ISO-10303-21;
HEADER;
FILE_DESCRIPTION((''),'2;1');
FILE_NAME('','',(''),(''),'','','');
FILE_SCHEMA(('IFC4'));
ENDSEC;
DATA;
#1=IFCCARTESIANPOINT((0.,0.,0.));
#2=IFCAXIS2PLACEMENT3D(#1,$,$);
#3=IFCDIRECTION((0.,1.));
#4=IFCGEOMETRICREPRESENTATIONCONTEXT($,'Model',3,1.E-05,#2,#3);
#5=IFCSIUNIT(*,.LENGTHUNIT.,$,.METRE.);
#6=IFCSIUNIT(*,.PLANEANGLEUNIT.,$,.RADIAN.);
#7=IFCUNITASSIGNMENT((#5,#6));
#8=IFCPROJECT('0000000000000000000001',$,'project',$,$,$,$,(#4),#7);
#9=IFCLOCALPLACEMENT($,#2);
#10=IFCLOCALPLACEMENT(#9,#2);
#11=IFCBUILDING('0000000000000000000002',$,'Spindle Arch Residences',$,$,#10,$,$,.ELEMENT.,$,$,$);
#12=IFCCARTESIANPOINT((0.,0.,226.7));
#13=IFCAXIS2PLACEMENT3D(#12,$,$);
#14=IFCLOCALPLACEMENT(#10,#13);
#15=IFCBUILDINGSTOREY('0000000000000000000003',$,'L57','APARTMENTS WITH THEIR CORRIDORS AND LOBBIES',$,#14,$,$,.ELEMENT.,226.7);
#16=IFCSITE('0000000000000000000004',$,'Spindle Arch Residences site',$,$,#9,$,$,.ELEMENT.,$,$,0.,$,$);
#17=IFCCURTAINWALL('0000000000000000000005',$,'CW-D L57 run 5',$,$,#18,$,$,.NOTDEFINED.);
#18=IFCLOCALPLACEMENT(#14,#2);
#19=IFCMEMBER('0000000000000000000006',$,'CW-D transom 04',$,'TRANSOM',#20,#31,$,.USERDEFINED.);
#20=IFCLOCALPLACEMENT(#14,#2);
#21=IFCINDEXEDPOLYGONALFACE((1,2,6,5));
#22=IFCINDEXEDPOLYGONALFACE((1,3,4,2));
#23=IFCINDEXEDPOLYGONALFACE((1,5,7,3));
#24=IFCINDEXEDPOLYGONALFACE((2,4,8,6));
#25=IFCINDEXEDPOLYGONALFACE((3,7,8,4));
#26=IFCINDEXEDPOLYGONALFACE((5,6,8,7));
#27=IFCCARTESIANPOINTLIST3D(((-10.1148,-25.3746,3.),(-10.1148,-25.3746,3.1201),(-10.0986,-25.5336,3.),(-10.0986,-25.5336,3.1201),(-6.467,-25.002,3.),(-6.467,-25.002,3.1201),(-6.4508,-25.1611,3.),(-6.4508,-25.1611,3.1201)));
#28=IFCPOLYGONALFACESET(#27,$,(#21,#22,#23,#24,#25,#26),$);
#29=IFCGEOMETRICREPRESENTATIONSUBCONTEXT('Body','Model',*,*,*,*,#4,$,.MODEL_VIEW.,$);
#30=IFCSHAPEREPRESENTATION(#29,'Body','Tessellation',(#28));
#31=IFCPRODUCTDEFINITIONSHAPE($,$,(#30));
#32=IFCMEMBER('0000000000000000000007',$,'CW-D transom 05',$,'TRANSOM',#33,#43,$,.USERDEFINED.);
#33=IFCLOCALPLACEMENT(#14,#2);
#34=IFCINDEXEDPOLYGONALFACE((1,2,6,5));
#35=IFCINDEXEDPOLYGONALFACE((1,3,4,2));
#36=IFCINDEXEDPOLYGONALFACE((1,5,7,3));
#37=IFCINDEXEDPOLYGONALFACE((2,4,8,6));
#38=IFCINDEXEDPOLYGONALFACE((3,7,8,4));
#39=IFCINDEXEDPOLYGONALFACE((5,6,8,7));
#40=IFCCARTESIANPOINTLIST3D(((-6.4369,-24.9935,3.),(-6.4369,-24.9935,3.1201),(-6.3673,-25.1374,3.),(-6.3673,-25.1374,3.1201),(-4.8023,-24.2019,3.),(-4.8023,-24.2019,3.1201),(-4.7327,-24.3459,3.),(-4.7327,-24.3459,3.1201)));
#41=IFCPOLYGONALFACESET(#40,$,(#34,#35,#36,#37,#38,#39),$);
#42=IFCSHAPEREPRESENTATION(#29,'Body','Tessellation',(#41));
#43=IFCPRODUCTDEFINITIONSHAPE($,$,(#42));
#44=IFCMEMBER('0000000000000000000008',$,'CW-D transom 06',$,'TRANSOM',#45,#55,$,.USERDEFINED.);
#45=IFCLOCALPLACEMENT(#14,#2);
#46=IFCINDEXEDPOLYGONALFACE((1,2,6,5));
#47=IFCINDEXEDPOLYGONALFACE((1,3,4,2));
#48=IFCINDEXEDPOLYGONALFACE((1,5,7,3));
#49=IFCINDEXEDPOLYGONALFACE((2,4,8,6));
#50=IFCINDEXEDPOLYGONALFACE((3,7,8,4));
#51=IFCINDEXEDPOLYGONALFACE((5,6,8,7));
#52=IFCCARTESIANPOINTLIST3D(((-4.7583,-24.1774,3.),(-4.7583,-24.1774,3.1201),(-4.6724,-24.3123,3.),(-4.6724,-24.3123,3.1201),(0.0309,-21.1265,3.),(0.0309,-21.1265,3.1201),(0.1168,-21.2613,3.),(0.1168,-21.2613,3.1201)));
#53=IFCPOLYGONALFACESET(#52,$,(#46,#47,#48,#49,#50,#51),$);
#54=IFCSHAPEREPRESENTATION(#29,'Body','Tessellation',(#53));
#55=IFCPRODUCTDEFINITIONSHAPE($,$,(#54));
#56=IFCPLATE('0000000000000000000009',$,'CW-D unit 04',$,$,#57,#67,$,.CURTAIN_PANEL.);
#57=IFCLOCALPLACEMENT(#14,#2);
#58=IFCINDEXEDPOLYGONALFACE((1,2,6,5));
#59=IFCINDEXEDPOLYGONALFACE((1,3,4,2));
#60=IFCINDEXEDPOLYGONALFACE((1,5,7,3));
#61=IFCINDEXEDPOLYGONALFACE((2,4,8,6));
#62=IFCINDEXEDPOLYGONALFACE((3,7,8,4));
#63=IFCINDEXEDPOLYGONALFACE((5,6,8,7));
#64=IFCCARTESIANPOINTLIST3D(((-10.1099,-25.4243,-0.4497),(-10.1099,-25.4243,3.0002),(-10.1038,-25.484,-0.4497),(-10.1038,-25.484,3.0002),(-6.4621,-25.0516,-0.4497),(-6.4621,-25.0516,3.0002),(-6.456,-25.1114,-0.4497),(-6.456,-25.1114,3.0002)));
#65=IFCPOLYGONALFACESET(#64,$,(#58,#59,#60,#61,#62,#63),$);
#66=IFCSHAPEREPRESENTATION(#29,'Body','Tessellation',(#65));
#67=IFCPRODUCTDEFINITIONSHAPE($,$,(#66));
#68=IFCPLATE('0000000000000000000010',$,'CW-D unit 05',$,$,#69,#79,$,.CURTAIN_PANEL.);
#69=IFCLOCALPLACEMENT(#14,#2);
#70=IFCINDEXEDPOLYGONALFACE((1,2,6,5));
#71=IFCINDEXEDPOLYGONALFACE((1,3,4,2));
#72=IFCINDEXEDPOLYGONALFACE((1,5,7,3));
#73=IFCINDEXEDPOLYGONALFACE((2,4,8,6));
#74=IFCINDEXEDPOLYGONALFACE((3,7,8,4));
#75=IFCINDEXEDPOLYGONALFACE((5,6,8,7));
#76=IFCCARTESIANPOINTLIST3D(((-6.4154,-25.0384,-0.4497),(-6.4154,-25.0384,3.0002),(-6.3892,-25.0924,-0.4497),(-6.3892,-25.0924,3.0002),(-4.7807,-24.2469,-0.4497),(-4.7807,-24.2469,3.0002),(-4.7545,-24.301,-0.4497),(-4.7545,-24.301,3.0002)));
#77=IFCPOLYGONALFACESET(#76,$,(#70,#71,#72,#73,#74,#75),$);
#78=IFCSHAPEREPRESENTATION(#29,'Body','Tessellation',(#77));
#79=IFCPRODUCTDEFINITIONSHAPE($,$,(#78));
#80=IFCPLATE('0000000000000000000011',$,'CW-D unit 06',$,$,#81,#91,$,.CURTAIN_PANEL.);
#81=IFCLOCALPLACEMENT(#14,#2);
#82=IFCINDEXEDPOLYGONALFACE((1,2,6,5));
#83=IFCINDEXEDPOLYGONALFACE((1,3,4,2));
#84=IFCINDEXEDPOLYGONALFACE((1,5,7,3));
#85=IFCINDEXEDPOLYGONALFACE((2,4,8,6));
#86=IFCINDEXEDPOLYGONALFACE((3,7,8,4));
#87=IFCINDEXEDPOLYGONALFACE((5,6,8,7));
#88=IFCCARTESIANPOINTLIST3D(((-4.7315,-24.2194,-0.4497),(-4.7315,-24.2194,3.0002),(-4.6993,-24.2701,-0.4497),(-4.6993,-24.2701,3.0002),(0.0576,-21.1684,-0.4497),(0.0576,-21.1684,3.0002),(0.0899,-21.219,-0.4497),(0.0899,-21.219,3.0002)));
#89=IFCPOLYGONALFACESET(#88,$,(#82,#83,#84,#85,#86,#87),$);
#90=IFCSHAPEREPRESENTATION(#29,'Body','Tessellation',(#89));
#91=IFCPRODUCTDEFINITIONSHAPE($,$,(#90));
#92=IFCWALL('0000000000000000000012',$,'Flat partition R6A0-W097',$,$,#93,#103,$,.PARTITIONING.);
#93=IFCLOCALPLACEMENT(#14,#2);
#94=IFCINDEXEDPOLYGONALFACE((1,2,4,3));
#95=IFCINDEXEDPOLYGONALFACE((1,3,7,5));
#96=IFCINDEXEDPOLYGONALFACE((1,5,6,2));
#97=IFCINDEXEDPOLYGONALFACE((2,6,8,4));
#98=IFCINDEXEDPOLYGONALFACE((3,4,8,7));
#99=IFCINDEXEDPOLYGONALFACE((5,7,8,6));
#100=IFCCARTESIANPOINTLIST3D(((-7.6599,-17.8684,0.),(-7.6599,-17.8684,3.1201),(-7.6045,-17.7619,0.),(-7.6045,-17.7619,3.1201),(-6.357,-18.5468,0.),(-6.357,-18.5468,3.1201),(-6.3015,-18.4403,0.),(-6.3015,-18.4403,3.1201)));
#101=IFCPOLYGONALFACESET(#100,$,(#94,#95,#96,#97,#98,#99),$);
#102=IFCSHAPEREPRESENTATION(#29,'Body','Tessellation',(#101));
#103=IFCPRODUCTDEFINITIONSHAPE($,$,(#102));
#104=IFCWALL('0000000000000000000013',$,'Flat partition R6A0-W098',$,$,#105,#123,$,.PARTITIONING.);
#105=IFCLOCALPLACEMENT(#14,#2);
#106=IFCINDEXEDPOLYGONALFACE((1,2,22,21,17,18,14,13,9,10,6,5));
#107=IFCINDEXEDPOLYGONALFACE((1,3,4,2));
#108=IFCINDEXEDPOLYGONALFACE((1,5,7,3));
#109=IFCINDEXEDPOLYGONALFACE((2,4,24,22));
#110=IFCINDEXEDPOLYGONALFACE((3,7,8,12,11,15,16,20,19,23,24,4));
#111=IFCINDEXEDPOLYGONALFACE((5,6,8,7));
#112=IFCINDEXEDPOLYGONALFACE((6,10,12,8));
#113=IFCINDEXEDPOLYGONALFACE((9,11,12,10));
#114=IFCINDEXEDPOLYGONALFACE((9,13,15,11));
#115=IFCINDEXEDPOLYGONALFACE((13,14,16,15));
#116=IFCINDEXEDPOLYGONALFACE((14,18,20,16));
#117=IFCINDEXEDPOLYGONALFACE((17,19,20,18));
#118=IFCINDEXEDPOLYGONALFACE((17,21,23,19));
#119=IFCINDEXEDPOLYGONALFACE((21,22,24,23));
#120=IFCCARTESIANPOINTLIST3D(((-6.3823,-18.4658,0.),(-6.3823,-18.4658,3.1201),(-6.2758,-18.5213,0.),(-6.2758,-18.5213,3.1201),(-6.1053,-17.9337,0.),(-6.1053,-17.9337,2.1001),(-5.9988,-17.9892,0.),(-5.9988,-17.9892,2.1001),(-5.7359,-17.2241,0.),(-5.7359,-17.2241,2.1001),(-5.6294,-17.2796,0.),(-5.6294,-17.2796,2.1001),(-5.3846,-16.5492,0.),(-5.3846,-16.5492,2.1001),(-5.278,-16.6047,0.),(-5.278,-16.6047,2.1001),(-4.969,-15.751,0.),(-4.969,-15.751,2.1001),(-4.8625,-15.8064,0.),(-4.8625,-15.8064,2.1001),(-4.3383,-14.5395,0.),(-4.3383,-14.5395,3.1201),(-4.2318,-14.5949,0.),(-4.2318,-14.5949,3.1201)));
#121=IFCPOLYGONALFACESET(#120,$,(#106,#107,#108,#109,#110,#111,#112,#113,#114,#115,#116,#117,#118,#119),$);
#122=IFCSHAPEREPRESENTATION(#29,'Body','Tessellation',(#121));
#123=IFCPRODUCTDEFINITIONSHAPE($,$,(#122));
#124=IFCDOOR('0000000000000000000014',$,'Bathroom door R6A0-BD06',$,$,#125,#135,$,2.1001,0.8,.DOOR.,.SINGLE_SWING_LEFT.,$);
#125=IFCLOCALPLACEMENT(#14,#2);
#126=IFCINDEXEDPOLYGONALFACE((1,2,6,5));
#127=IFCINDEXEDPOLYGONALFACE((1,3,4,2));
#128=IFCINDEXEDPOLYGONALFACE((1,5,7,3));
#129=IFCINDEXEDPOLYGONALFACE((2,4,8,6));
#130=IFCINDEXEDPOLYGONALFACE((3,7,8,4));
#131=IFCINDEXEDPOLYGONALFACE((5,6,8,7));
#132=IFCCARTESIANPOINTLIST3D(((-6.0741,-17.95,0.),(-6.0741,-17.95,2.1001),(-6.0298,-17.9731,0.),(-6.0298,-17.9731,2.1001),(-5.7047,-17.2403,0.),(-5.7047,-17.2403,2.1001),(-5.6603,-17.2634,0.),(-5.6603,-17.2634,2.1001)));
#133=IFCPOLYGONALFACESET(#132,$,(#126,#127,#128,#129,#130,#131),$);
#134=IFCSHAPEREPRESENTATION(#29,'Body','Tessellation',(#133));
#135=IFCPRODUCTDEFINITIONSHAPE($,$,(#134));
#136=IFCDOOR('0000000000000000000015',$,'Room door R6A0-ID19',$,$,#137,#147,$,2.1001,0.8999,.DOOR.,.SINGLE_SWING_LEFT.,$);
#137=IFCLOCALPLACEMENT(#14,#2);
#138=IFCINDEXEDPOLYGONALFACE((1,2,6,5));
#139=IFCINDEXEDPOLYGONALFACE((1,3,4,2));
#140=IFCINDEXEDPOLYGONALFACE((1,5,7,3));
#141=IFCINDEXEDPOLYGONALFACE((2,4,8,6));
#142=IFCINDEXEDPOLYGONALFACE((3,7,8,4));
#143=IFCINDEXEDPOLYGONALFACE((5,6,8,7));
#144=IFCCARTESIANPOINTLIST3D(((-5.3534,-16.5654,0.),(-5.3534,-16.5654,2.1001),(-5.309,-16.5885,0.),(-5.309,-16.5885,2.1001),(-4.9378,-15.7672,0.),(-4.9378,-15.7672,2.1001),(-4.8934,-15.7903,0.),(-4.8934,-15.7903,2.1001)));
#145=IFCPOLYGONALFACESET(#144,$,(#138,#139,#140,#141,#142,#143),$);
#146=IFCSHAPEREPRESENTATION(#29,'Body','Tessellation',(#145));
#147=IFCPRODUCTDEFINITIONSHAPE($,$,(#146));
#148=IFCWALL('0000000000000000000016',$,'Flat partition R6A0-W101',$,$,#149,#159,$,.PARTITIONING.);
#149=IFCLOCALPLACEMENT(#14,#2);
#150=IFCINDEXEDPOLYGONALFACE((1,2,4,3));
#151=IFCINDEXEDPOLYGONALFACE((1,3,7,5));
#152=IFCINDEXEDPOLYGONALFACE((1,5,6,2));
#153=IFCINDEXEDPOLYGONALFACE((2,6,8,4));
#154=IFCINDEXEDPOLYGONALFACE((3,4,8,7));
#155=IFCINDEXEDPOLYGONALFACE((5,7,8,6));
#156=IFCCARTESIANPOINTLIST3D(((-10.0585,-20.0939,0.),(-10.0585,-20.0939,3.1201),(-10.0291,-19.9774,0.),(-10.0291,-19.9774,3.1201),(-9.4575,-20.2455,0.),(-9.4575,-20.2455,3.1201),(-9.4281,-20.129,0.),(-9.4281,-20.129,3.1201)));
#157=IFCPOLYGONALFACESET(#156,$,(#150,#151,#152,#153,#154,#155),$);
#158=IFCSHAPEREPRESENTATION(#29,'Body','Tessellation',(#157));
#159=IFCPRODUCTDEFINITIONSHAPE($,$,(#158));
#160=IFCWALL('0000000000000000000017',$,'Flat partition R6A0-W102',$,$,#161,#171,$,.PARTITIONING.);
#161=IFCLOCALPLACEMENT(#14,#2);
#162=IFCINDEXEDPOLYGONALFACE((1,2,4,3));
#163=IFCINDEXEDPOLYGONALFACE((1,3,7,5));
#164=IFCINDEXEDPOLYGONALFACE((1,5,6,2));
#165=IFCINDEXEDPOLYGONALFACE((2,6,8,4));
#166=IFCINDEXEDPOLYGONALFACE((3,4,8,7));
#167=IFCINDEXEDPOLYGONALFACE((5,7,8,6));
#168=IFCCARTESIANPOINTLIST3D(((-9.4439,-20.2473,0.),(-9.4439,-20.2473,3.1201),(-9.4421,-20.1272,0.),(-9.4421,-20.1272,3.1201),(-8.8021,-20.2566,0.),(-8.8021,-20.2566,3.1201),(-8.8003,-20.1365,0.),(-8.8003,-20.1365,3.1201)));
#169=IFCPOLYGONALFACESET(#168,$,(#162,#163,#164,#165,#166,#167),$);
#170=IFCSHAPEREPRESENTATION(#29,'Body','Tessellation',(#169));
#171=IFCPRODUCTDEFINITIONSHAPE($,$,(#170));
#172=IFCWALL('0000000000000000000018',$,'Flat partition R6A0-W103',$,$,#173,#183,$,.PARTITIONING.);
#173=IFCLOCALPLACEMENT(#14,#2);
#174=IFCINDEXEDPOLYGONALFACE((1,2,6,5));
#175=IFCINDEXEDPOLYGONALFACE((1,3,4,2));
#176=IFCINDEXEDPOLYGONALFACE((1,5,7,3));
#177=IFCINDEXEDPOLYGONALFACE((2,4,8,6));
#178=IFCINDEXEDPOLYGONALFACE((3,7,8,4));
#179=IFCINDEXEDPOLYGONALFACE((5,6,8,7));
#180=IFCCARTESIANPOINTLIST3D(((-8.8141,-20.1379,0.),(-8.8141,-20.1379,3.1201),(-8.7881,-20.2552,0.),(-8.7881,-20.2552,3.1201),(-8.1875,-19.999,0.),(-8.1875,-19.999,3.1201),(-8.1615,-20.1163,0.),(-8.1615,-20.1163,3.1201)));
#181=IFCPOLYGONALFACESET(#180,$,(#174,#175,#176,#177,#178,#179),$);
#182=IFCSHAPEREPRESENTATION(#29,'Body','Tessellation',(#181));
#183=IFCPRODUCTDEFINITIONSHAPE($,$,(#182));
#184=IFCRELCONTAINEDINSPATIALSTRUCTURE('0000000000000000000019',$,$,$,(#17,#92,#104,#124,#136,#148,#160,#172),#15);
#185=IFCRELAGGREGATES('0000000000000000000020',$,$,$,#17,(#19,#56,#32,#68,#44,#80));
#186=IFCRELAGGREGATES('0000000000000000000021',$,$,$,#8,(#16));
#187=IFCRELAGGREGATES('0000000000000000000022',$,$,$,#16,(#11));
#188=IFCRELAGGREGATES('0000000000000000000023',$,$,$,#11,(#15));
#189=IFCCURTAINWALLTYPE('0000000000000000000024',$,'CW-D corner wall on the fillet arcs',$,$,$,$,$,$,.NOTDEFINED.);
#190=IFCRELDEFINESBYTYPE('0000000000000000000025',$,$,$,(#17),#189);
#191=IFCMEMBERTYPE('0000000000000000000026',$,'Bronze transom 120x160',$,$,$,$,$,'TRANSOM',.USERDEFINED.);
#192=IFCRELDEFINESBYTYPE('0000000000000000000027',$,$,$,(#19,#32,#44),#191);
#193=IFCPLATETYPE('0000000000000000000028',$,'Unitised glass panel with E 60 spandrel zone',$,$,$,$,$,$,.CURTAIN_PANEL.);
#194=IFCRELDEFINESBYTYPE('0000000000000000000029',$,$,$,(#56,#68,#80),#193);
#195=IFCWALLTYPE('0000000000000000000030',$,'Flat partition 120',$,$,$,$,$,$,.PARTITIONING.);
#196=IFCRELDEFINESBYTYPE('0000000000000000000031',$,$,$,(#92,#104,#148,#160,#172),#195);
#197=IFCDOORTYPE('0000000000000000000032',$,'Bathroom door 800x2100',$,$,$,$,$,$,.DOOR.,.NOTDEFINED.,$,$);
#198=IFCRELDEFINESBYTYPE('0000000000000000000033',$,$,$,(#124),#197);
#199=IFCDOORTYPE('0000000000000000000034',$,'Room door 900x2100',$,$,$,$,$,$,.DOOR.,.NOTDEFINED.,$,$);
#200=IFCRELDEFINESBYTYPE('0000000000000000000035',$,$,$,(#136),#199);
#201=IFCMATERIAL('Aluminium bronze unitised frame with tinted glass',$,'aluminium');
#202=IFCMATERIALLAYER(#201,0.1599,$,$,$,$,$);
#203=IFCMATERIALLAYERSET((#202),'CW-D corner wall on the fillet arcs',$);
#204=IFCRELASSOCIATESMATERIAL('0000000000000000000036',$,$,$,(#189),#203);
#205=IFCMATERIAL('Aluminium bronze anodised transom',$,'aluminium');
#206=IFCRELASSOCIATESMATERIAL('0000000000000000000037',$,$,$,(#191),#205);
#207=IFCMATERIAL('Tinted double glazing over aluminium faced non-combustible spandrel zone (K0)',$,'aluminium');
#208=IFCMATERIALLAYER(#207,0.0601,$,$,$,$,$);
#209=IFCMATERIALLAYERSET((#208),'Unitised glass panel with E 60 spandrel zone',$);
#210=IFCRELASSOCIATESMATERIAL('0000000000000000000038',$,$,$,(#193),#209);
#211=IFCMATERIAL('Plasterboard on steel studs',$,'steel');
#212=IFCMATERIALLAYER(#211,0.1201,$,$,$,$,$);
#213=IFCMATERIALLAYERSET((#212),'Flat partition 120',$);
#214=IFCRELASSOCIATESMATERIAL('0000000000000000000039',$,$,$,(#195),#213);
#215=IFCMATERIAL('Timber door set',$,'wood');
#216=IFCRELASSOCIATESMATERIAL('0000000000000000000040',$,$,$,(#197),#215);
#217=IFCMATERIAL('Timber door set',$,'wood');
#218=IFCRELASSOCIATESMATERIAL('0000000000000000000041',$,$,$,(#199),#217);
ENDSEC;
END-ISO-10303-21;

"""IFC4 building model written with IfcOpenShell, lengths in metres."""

from ifc_helpers import new_model, si_unit, direction, frame, frame_2d, origin, origin_2d, place, context, subcontext, project, spatial, rectangle, extrude, material, layer, layer_set, material_profile, profile_set, type_object, element, fill, aggregate, save


model = new_model("IFC4")

# Units and contexts
model_context = context("Model", 3, precision=1e-05, world=origin(), true_north=direction((0.0, 1.0)))
body_context = subcontext(model_context, "Body", "Model", "MODEL_VIEW")
ifc_project = project(units=[si_unit("LENGTHUNIT", "METRE"), si_unit("PLANEANGLEUNIT", "RADIAN")], contexts=[model_context])

# Site, building, storey
site_placement = place(None, origin())
site = spatial("IfcSite", under=ifc_project, at=site_placement, Name="Spindle Arch Residences site", CompositionType="ELEMENT", RefElevation=0.0)
building_placement = place(site_placement, origin())
building = spatial("IfcBuilding", under=site, at=building_placement, Name="Spindle Arch Residences", CompositionType="ELEMENT")
storey_placement = place(building_placement, frame((0.0, 0.0, 226.7)))
storey = spatial("IfcBuildingStorey", under=building, at=storey_placement, Name="L57", Description="APARTMENTS WITH THEIR CORRIDORS AND LOBBIES", CompositionType="ELEMENT", Elevation=226.7)

# Curtain wall, members, plates
ifc_material_1 = material(Name="Aluminium bronze unitised frame with tinted glass", Category="aluminium")
ifc_layer_1 = layer(ifc_material_1, 0.1599)
ifc_layer_set_1 = layer_set([ifc_layer_1], Name="CW-D corner wall on the fillet arcs")
curtain_wall_type = type_object("IfcCurtainWallType", Name="CW-D corner wall on the fillet arcs", PredefinedType="NOTDEFINED", material=ifc_layer_set_1)
curtain_wall_placement = place(storey_placement, origin())
curtain_wall = element("IfcCurtainWall", 1, at=curtain_wall_placement, inside=storey, type_object=curtain_wall_type, Name="CW-D L57 run 5", PredefinedType="NOTDEFINED")
ifc_material_2 = material(Name="Aluminium bronze anodised transom", Category="aluminium")
ifc_material_profile_1 = material_profile(ifc_material_2, rectangle(XDim=0.1599, YDim=0.1201, at=origin_2d()), Name="TR 120x160")
ifc_profile_set_1 = profile_set([ifc_material_profile_1], Name="Aluminium bronze anodised transom")
member_type_1 = type_object("IfcMemberType", Name="Bronze transom 120x160", ElementType="TRANSOM", PredefinedType="USERDEFINED", material=ifc_profile_set_1)
member_1_placement = place(storey_placement, frame((-10.1067, -25.4541, 3.0601), z_axis=(0.994825, 0.101606, 0.0), x_axis=(-0.101606, 0.994825, 0.0)))
member_1 = element("IfcMember", 2, at=member_1_placement, type_object=member_type_1, Name="CW-D transom 04", ObjectType="TRANSOM", PredefinedType="USERDEFINED", context=body_context, shape_type="SweptSolid", body=[
    extrude(rectangle(XDim=0.1599, YDim=0.1201, at=origin_2d()), origin(), (0.0, 0.0, 1.0), 3.6667),
])
member_2_placement = place(storey_placement, frame((-6.4021, -25.0654, 3.0601), z_axis=(0.900028, 0.435831, 0.0), x_axis=(-0.435831, 0.900028, 0.0)))
member_2 = element("IfcMember", 3, at=member_2_placement, type_object=member_type_1, Name="CW-D transom 05", ObjectType="TRANSOM", PredefinedType="USERDEFINED", context=body_context, shape_type="SweptSolid", body=[
    extrude(rectangle(XDim=0.1599, YDim=0.1201, at=origin_2d()), origin(), (0.0, 0.0, 1.0), 1.8162),
])
member_3_placement = place(storey_placement, frame((-4.7153, -24.2449, 3.0601), z_axis=(0.843399, 0.537287, 0.0), x_axis=(-0.537287, 0.843399, 0.0)))
member_3 = element("IfcMember", 4, at=member_3_placement, type_object=member_type_1, Name="CW-D transom 06", ObjectType="TRANSOM", PredefinedType="USERDEFINED", context=body_context, shape_type="SweptSolid", body=[
    extrude(rectangle(XDim=0.1599, YDim=0.1201, at=origin_2d()), origin(), (0.0, 0.0, 1.0), 5.6785),
])
ifc_material_3 = material(Name="Tinted double glazing over aluminium faced non-combustible spandrel zone (K0)", Category="aluminium")
ifc_layer_2 = layer(ifc_material_3, 0.0601)
ifc_layer_set_2 = layer_set([ifc_layer_2], Name="Unitised glass panel with E 60 spandrel zone")
plate_type = type_object("IfcPlateType", Name="Unitised glass panel with E 60 spandrel zone", PredefinedType="CURTAIN_PANEL", material=ifc_layer_set_2)
plate_1_placement = place(storey_placement, frame((-8.283, -25.2678, -0.4497), z_axis=(0.0, 0.0, 1.0), x_axis=(0.994822, 0.101635, 0.0)))
plate_1 = element("IfcPlate", 5, at=plate_1_placement, type_object=plate_type, Name="CW-D unit 04", PredefinedType="CURTAIN_PANEL", context=body_context, shape_type="SweptSolid", body=[
    extrude(rectangle(XDim=3.6667, YDim=0.0601, at=origin_2d()), origin(), (0.0, 0.0, 1.0), 3.45),
])
plate_2_placement = place(storey_placement, frame((-5.585, -24.6697, -0.4497), z_axis=(0.0, 0.0, 1.0), x_axis=(0.900065, 0.435755, 0.0)))
plate_2 = element("IfcPlate", 6, at=plate_2_placement, type_object=plate_type, Name="CW-D unit 05", PredefinedType="CURTAIN_PANEL", context=body_context, shape_type="SweptSolid", body=[
    extrude(rectangle(XDim=1.8162, YDim=0.0601, at=origin_2d()), origin(), (0.0, 0.0, 1.0), 3.45),
])
plate_3_placement = place(storey_placement, frame((-2.3208, -22.7192, -0.4497), z_axis=(0.0, 0.0, 1.0), x_axis=(0.843391, 0.5373, 0.0)))
plate_3 = element("IfcPlate", 7, at=plate_3_placement, type_object=plate_type, Name="CW-D unit 06", PredefinedType="CURTAIN_PANEL", context=body_context, shape_type="SweptSolid", body=[
    extrude(rectangle(XDim=5.6785, YDim=0.0601, at=origin_2d()), origin(), (0.0, 0.0, 1.0), 3.45),
])
aggregate(curtain_wall, [member_1, plate_1, member_2, plate_2, member_3, plate_3])

# Wall
ifc_material_4 = material(Name="Plasterboard on steel studs", Category="steel")
ifc_layer_3 = layer(ifc_material_4, 0.1201)
ifc_layer_set_3 = layer_set([ifc_layer_3], Name="Flat partition 120")
wall_type_1 = type_object("IfcWallType", Name="Flat partition 120", PredefinedType="PARTITIONING", material=ifc_layer_set_3)
wall_1_placement = place(storey_placement, frame((-7.6321, -17.8152, 0.0), z_axis=(0.0, 0.0, 1.0), x_axis=(0.886961, -0.461845, 0.0)))
element("IfcWall", 8, at=wall_1_placement, inside=storey, type_object=wall_type_1, Name="Flat partition R6A0-W097", PredefinedType="PARTITIONING", context=body_context, shape_type="SweptSolid", body=[
    extrude(rectangle(XDim=1.469, YDim=0.1201, at=frame_2d((0.7344, 0.0))), origin(), (0.0, 0.0, 1.0), 3.1201),
])

# Wall, openings, doors
wall_2_placement = place(storey_placement, frame((-6.3291, -18.4937, 0.0), z_axis=(0.0, 0.0, 1.0), x_axis=(0.461759, 0.887005, 0.0)))
wall_2 = element("IfcWall", 9, at=wall_2_placement, inside=storey, type_object=wall_type_1, Name="Flat partition R6A0-W098", PredefinedType="PARTITIONING", context=body_context, shape_type="SweptSolid", body=[
    extrude(rectangle(XDim=4.4265, YDim=0.1201, at=frame_2d((2.2134, 0.0))), origin(), (0.0, 0.0, 1.0), 3.1201),
])
opening_1_placement = place(wall_2_placement, frame((0.6001, 0.0, 0.0)))
opening_1 = element("IfcOpeningElement", 10, at=opening_1_placement, cuts=wall_2, PredefinedType="OPENING", context=body_context, shape_type="SweptSolid", body=[
    extrude(rectangle(XDim=0.8, YDim=2.1001, at=frame_2d((0.3999, 1.05))), frame((0.0, 0.0701, 0.0), z_axis=(0.0, -1.0, 0.0), x_axis=(1.0, 0.0, 0.0)), (0.0, 0.0, 1.0), 0.1401),
])
opening_2_placement = place(wall_2_placement, frame((2.1609, 0.0, 0.0)))
opening_2 = element("IfcOpeningElement", 11, at=opening_2_placement, cuts=wall_2, PredefinedType="OPENING", context=body_context, shape_type="SweptSolid", body=[
    extrude(rectangle(XDim=0.8999, YDim=2.1001, at=frame_2d((0.45, 1.05))), frame((0.0, 0.0701, 0.0), z_axis=(0.0, -1.0, 0.0), x_axis=(1.0, 0.0, 0.0)), (0.0, 0.0, 1.0), 0.1401),
])
ifc_material_5 = material(Name="Timber door set", Category="wood")
door_type_1 = type_object("IfcDoorType", Name="Bathroom door 800x2100", OperationType="NOTDEFINED", PredefinedType="DOOR", material=ifc_material_5)
door_1_placement = place(opening_1_placement, origin())
door_1 = element("IfcDoor", 12, at=door_1_placement, inside=storey, type_object=door_type_1, Name="Bathroom door R6A0-BD06", OperationType="SINGLE_SWING_LEFT", OverallHeight=2.1001, OverallWidth=0.8, PredefinedType="DOOR", context=body_context, shape_type="SweptSolid", body=[
    extrude(rectangle(XDim=0.8, YDim=2.1001, at=frame_2d((0.3999, 1.05))), frame((0.0, 0.0249, 0.0), z_axis=(0.0, -1.0, 0.0), x_axis=(1.0, 0.0, 0.0)), (0.0, 0.0, 1.0), 0.05),
])
fill(opening_1, door_1)
ifc_material_6 = material(Name="Timber door set", Category="wood")
door_type_2 = type_object("IfcDoorType", Name="Room door 900x2100", OperationType="NOTDEFINED", PredefinedType="DOOR", material=ifc_material_6)
door_2_placement = place(opening_2_placement, origin())
door_2 = element("IfcDoor", 13, at=door_2_placement, inside=storey, type_object=door_type_2, Name="Room door R6A0-ID19", OperationType="SINGLE_SWING_LEFT", OverallHeight=2.1001, OverallWidth=0.8999, PredefinedType="DOOR", context=body_context, shape_type="SweptSolid", body=[
    extrude(rectangle(XDim=0.8999, YDim=2.1001, at=frame_2d((0.45, 1.05))), frame((0.0, 0.0249, 0.0), z_axis=(0.0, -1.0, 0.0), x_axis=(1.0, 0.0, 0.0)), (0.0, 0.0, 1.0), 0.05),
])
fill(opening_2, door_2)

# Walls
wall_3_placement = place(storey_placement, frame((-10.0439, -20.0356, 0.0), z_axis=(0.0, 0.0, 1.0), x_axis=(0.969631, -0.244574, 0.0)))
element("IfcWall", 14, at=wall_3_placement, inside=storey, type_object=wall_type_1, Name="Flat partition R6A0-W101", PredefinedType="PARTITIONING", context=body_context, shape_type="SweptSolid", body=[
    extrude(rectangle(XDim=0.6199, YDim=0.1201, at=frame_2d((0.3101, 0.0))), origin(), (0.0, 0.0, 1.0), 3.1201),
])
for number, where, z_axis, x_axis, name in (
    (15, (-9.4429, -20.1873, 0.0), (0.0, 0.0, 1.0), (0.999896, -0.014453, 0.0), "Flat partition R6A0-W102"),
    (16, (-8.801, -20.1965, 0.0), (0.0, 0.0, 1.0), (0.976303, 0.216407, 0.0), "Flat partition R6A0-W103"),
):
    element("IfcWall", number, at=place(storey_placement, frame(where, z_axis=z_axis, x_axis=x_axis)), inside=storey, type_object=wall_type_1, Name=name, PredefinedType="PARTITIONING", context=body_context, shape_type="SweptSolid", body=[
        extrude(rectangle(XDim=0.6418, YDim=0.1201, at=frame_2d((0.3208, 0.0))), origin(), (0.0, 0.0, 1.0), 3.1201),
    ])

save(model, "model.ifc")
